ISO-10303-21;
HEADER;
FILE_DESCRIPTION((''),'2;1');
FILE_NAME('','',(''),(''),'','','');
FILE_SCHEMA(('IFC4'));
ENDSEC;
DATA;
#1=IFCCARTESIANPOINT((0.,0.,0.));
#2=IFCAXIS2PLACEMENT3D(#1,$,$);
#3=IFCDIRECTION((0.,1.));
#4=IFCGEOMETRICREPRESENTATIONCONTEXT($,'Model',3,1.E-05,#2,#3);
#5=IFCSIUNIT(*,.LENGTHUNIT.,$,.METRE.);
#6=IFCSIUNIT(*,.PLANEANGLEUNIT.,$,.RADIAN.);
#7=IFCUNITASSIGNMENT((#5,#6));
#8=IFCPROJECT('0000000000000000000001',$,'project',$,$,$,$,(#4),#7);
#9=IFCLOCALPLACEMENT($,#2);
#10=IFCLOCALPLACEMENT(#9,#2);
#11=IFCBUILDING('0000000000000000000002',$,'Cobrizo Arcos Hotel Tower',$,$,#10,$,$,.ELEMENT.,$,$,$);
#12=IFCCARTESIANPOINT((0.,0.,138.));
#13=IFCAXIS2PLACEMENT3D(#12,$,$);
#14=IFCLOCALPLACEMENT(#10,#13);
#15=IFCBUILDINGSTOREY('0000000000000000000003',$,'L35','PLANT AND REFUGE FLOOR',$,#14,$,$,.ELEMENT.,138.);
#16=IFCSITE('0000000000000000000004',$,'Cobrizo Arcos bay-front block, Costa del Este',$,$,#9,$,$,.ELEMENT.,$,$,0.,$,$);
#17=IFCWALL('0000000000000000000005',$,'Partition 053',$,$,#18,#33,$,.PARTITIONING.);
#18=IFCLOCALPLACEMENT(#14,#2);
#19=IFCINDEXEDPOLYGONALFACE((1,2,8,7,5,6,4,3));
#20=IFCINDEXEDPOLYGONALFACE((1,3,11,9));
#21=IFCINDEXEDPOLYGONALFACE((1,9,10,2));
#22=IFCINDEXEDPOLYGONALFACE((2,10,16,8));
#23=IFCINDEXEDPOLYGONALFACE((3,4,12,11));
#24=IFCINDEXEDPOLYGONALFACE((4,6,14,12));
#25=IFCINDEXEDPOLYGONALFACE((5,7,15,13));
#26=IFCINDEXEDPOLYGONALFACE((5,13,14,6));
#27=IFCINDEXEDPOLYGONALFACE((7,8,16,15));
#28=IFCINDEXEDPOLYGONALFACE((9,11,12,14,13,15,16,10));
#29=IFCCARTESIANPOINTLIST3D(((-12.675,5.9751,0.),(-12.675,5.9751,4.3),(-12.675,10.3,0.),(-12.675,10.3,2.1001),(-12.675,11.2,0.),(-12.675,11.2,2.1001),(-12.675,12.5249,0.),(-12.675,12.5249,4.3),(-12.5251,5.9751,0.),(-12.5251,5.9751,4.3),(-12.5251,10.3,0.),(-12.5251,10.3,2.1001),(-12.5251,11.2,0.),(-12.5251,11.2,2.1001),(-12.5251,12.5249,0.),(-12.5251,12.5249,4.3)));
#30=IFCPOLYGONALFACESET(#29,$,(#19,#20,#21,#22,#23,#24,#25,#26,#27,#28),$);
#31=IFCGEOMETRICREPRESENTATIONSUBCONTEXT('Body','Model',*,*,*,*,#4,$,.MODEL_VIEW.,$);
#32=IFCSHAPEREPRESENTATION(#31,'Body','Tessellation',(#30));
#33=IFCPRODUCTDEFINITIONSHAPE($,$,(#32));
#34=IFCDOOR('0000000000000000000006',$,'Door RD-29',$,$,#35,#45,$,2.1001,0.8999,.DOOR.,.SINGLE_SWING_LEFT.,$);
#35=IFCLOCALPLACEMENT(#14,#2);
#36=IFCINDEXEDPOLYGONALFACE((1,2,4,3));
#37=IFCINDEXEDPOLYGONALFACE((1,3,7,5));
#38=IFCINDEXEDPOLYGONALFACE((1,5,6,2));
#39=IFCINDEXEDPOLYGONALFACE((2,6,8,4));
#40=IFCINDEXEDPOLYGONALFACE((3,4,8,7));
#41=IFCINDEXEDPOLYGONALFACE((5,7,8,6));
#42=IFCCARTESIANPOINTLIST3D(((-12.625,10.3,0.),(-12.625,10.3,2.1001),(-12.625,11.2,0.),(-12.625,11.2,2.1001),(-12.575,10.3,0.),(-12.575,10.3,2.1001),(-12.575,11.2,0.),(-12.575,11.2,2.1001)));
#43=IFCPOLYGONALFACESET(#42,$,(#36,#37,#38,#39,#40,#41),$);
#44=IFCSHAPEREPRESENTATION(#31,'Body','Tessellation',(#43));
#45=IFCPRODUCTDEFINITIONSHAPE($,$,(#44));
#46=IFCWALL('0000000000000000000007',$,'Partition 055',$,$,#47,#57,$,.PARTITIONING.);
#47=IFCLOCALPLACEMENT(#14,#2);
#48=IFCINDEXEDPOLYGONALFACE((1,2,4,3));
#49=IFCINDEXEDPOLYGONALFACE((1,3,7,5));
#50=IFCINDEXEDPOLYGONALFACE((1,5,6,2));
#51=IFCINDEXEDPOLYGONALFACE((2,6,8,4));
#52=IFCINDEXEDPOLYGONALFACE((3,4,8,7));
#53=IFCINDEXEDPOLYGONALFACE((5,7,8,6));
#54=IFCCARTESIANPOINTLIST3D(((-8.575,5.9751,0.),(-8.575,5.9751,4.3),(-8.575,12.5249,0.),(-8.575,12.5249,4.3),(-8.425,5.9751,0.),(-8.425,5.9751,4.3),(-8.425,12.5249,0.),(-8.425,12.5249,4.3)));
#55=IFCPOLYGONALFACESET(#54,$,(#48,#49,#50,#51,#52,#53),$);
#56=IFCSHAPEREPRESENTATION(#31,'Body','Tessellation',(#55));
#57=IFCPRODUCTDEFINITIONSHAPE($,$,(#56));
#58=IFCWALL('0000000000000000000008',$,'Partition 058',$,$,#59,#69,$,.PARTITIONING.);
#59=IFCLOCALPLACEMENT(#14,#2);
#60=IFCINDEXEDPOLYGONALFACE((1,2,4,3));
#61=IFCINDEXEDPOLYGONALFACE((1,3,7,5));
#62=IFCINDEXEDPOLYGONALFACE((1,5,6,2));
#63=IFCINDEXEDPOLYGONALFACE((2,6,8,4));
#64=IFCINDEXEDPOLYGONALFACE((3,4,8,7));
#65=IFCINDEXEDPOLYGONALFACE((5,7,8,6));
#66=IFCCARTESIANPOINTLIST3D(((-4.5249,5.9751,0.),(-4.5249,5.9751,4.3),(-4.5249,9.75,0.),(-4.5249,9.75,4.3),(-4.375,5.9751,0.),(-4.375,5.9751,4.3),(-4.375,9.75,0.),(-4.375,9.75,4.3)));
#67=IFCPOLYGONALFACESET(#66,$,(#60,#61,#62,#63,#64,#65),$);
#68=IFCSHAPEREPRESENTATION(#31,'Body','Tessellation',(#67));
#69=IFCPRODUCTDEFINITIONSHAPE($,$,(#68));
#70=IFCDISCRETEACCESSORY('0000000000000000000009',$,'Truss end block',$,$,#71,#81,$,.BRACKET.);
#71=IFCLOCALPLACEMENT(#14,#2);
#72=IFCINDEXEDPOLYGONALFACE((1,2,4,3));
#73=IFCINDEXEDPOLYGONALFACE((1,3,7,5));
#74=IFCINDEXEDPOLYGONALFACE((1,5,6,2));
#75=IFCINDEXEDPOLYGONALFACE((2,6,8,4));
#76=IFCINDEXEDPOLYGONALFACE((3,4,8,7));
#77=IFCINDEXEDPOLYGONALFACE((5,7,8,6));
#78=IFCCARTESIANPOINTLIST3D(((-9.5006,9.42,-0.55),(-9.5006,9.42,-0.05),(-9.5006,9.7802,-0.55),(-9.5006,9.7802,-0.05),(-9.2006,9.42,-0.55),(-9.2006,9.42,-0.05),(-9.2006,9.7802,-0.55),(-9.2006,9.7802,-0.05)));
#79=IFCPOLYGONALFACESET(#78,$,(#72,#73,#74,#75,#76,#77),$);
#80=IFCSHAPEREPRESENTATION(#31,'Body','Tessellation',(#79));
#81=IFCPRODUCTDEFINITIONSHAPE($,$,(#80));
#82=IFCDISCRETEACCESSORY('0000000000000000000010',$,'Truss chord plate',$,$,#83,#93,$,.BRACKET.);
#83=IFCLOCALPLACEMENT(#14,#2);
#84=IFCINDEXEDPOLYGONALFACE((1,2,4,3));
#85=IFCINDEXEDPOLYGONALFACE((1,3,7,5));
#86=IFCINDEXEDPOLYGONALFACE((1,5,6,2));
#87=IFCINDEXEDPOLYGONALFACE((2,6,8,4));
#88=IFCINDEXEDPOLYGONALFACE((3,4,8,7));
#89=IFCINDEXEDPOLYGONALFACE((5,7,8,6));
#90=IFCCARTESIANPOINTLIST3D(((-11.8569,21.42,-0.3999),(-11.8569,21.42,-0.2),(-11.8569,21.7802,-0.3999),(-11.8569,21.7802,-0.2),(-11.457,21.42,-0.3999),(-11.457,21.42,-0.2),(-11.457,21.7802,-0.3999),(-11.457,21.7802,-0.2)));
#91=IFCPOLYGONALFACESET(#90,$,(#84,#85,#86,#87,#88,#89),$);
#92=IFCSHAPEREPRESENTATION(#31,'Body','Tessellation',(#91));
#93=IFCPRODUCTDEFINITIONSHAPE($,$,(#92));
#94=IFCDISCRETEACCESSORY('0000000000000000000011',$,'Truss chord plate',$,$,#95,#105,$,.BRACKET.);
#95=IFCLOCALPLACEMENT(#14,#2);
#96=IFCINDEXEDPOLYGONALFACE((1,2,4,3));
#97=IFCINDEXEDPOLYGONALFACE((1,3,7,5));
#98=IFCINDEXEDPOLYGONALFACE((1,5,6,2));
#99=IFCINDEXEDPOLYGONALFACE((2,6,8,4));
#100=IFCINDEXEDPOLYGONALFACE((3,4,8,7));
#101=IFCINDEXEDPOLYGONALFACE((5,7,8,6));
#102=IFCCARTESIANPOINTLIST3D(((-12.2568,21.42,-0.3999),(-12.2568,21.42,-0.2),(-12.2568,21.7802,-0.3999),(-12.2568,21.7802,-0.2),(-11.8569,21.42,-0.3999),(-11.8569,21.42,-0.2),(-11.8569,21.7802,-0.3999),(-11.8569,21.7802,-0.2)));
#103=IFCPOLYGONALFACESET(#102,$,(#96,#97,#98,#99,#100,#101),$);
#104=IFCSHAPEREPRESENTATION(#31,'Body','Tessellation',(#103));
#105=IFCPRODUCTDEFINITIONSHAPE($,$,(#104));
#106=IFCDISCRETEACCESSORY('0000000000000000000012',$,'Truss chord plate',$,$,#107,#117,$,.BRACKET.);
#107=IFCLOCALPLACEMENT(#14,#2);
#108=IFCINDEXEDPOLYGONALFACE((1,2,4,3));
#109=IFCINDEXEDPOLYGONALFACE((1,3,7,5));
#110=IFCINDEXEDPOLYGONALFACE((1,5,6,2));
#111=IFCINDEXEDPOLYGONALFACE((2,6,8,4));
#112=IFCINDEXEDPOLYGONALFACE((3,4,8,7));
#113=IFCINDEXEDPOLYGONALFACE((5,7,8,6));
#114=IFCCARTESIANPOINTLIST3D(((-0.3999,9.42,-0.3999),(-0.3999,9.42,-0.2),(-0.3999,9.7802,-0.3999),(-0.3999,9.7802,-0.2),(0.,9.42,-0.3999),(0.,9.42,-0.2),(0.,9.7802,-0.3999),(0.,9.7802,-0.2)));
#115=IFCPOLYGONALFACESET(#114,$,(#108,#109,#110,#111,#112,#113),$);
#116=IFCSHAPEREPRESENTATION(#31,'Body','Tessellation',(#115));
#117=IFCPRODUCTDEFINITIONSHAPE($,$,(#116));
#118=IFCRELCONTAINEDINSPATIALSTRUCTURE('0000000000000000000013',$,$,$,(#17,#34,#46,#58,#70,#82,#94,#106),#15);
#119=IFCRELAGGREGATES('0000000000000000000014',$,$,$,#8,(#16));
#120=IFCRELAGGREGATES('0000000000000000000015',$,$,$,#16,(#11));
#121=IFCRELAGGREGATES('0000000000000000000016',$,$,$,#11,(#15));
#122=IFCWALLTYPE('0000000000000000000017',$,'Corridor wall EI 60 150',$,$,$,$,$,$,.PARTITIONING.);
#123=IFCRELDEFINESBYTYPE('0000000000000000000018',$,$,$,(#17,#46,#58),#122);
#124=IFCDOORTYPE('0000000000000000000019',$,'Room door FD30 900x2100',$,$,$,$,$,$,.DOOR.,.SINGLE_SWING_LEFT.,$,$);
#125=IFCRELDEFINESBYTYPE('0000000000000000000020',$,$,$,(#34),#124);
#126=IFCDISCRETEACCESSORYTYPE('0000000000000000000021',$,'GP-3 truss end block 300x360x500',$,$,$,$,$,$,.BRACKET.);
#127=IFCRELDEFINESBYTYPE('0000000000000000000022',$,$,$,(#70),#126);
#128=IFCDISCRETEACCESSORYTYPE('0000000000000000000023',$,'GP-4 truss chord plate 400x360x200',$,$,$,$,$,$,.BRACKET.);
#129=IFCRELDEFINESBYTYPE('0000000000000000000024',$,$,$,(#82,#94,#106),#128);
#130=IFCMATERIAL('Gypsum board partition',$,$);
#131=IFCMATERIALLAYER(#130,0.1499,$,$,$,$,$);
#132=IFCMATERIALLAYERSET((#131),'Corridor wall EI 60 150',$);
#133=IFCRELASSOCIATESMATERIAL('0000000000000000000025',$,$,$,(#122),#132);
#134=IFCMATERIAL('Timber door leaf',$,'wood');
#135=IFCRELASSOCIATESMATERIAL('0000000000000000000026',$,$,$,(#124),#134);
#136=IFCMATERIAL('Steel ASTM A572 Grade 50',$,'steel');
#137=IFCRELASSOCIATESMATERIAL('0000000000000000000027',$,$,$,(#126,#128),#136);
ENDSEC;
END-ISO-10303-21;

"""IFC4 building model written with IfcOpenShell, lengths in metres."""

from ifc_helpers import new_model, si_unit, direction, frame, frame_2d, origin, origin_2d, place, context, subcontext, project, spatial, rectangle, extrude, material, layer, layer_set, type_object, element, fill, save


model = new_model("IFC4")

# Units and contexts
model_context = context("Model", 3, precision=1e-05, world=origin(), true_north=direction((0.0, 1.0)))
body_context = subcontext(model_context, "Body", "Model", "MODEL_VIEW")
ifc_project = project(units=[si_unit("LENGTHUNIT", "METRE"), si_unit("PLANEANGLEUNIT", "RADIAN")], contexts=[model_context])

# Site, building, storey
site_placement = place(None, origin())
site = spatial("IfcSite", under=ifc_project, at=site_placement, Name="Cobrizo Arcos bay-front block, Costa del Este", CompositionType="ELEMENT", RefElevation=0.0)
building_placement = place(site_placement, origin())
building = spatial("IfcBuilding", under=site, at=building_placement, Name="Cobrizo Arcos Hotel Tower", CompositionType="ELEMENT")
storey_placement = place(building_placement, frame((0.0, 0.0, 138.0)))
storey = spatial("IfcBuildingStorey", under=building, at=storey_placement, Name="L35", Description="PLANT AND REFUGE FLOOR", CompositionType="ELEMENT", Elevation=138.0)

# Shared definitions
ifc_material_1 = material(Name="Gypsum board partition")
ifc_layer_1 = layer(ifc_material_1, 0.1499)
ifc_layer_set_1 = layer_set([ifc_layer_1], Name="Corridor wall EI 60 150")
wall_type = type_object("IfcWallType", Name="Corridor wall EI 60 150", PredefinedType="PARTITIONING", material=ifc_layer_set_1)
ifc_material_2 = material(Name="Timber door leaf", Category="wood")
door_type = type_object("IfcDoorType", Name="Room door FD30 900x2100", OperationType="SINGLE_SWING_LEFT", PredefinedType="DOOR", material=ifc_material_2)

# Wall, opening, door
wall_1_placement = place(storey_placement, frame((-12.6001, 5.9751, 0.0), z_axis=(0.0, 0.0, 1.0), x_axis=(0.0, 1.0, 0.0)))
wall_1 = element("IfcWall", 1, at=wall_1_placement, inside=storey, type_object=wall_type, Name="Partition 053", PredefinedType="PARTITIONING", context=body_context, shape_type="SweptSolid", body=[
    extrude(rectangle(XDim=6.5498, YDim=0.1499, at=frame_2d((3.2749, 0.0))), origin(), (0.0, 0.0, 1.0), 4.3),
])
opening_1_placement = place(wall_1_placement, frame((4.325, 0.0, 0.0)))
opening_1 = element("IfcOpeningElement", 2, at=opening_1_placement, cuts=wall_1, PredefinedType="OPENING", context=body_context, shape_type="SweptSolid", body=[
    extrude(rectangle(XDim=0.8999, YDim=2.1001, at=frame_2d((0.45, 1.05))), frame((0.0, 0.0869, 0.0), z_axis=(0.0, -1.0, 0.0), x_axis=(1.0, 0.0, 0.0)), (0.0, 0.0, 1.0), 0.1738),
])
door_1_placement = place(opening_1_placement, origin())
door_1 = element("IfcDoor", 3, at=door_1_placement, inside=storey, type_object=door_type, Name="Door RD-29", OperationType="SINGLE_SWING_LEFT", OverallHeight=2.1001, OverallWidth=0.8999, PredefinedType="DOOR", context=body_context, shape_type="SweptSolid", body=[
    extrude(rectangle(XDim=0.8999, YDim=2.1001, at=frame_2d((0.45, 1.05))), frame((0.0, 0.0249, 0.0), z_axis=(0.0, -1.0, 0.0), x_axis=(1.0, 0.0, 0.0)), (0.0, 0.0, 1.0), 0.05),
])
fill(opening_1, door_1)

# Walls
wall_2_placement = place(storey_placement, frame((-8.5, 5.9751, 0.0), z_axis=(0.0, 0.0, 1.0), x_axis=(0.0, 1.0, 0.0)))
element("IfcWall", 4, at=wall_2_placement, inside=storey, type_object=wall_type, Name="Partition 055", PredefinedType="PARTITIONING", context=body_context, shape_type="SweptSolid", body=[
    extrude(rectangle(XDim=6.5498, YDim=0.1499, at=frame_2d((3.2749, 0.0))), origin(), (0.0, 0.0, 1.0), 4.3),
])
wall_3_placement = place(storey_placement, frame((-4.45, 5.9751, 0.0), z_axis=(0.0, 0.0, 1.0), x_axis=(0.0, 1.0, 0.0)))
element("IfcWall", 5, at=wall_3_placement, inside=storey, type_object=wall_type, Name="Partition 058", PredefinedType="PARTITIONING", context=body_context, shape_type="SweptSolid", body=[
    extrude(rectangle(XDim=3.7749, YDim=0.1499, at=frame_2d((1.8875, 0.0))), origin(), (0.0, 0.0, 1.0), 4.3),
])

# Discrete accessories
ifc_material_3 = material(Name="Steel ASTM A572 Grade 50", Category="steel")
discrete_accessory_type_1 = type_object("IfcDiscreteAccessoryType", Name="GP-3 truss end block 300x360x500", PredefinedType="BRACKET", material=ifc_material_3)
discrete_accessory_placement = place(storey_placement, frame((-9.3506, 9.6001, -0.55), z_axis=(0.0, 0.0, 1.0), x_axis=(1.0, 0.0, 0.0)))
element("IfcDiscreteAccessory", 6, at=discrete_accessory_placement, inside=storey, type_object=discrete_accessory_type_1, Name="Truss end block", PredefinedType="BRACKET", context=body_context, shape_type="SweptSolid", body=[
    extrude(rectangle(XDim=0.3, YDim=0.3601, at=origin_2d()), origin(), (0.0, 0.0, 1.0), 0.5),
])
discrete_accessory_type_2 = type_object("IfcDiscreteAccessoryType", Name="GP-4 truss chord plate 400x360x200", PredefinedType="BRACKET", material=ifc_material_3)
for number, where, z_axis, x_axis, name in (
    (7, (-11.657, 21.6001, -0.3999), (0.0, 0.0, 1.0), (-1.0, 0.0, 0.0), "Truss chord plate"),
    (8, (-12.0569, 21.6001, -0.3999), (0.0, 0.0, 1.0), (-1.0, 0.0, 0.0), "Truss chord plate"),
    (9, (-0.2, 9.6001, -0.3999), (0.0, 0.0, 1.0), (1.0, 0.0, 0.0), "Truss chord plate"),
):
    element("IfcDiscreteAccessory", number, at=place(storey_placement, frame(where, z_axis=z_axis, x_axis=x_axis)), inside=storey, type_object=discrete_accessory_type_2, Name=name, PredefinedType="BRACKET", context=body_context, shape_type="SweptSolid", body=[
        extrude(rectangle(XDim=0.3999, YDim=0.3601, at=origin_2d()), origin(), (0.0, 0.0, 1.0), 0.2),
    ])

save(model, "model.ifc")
